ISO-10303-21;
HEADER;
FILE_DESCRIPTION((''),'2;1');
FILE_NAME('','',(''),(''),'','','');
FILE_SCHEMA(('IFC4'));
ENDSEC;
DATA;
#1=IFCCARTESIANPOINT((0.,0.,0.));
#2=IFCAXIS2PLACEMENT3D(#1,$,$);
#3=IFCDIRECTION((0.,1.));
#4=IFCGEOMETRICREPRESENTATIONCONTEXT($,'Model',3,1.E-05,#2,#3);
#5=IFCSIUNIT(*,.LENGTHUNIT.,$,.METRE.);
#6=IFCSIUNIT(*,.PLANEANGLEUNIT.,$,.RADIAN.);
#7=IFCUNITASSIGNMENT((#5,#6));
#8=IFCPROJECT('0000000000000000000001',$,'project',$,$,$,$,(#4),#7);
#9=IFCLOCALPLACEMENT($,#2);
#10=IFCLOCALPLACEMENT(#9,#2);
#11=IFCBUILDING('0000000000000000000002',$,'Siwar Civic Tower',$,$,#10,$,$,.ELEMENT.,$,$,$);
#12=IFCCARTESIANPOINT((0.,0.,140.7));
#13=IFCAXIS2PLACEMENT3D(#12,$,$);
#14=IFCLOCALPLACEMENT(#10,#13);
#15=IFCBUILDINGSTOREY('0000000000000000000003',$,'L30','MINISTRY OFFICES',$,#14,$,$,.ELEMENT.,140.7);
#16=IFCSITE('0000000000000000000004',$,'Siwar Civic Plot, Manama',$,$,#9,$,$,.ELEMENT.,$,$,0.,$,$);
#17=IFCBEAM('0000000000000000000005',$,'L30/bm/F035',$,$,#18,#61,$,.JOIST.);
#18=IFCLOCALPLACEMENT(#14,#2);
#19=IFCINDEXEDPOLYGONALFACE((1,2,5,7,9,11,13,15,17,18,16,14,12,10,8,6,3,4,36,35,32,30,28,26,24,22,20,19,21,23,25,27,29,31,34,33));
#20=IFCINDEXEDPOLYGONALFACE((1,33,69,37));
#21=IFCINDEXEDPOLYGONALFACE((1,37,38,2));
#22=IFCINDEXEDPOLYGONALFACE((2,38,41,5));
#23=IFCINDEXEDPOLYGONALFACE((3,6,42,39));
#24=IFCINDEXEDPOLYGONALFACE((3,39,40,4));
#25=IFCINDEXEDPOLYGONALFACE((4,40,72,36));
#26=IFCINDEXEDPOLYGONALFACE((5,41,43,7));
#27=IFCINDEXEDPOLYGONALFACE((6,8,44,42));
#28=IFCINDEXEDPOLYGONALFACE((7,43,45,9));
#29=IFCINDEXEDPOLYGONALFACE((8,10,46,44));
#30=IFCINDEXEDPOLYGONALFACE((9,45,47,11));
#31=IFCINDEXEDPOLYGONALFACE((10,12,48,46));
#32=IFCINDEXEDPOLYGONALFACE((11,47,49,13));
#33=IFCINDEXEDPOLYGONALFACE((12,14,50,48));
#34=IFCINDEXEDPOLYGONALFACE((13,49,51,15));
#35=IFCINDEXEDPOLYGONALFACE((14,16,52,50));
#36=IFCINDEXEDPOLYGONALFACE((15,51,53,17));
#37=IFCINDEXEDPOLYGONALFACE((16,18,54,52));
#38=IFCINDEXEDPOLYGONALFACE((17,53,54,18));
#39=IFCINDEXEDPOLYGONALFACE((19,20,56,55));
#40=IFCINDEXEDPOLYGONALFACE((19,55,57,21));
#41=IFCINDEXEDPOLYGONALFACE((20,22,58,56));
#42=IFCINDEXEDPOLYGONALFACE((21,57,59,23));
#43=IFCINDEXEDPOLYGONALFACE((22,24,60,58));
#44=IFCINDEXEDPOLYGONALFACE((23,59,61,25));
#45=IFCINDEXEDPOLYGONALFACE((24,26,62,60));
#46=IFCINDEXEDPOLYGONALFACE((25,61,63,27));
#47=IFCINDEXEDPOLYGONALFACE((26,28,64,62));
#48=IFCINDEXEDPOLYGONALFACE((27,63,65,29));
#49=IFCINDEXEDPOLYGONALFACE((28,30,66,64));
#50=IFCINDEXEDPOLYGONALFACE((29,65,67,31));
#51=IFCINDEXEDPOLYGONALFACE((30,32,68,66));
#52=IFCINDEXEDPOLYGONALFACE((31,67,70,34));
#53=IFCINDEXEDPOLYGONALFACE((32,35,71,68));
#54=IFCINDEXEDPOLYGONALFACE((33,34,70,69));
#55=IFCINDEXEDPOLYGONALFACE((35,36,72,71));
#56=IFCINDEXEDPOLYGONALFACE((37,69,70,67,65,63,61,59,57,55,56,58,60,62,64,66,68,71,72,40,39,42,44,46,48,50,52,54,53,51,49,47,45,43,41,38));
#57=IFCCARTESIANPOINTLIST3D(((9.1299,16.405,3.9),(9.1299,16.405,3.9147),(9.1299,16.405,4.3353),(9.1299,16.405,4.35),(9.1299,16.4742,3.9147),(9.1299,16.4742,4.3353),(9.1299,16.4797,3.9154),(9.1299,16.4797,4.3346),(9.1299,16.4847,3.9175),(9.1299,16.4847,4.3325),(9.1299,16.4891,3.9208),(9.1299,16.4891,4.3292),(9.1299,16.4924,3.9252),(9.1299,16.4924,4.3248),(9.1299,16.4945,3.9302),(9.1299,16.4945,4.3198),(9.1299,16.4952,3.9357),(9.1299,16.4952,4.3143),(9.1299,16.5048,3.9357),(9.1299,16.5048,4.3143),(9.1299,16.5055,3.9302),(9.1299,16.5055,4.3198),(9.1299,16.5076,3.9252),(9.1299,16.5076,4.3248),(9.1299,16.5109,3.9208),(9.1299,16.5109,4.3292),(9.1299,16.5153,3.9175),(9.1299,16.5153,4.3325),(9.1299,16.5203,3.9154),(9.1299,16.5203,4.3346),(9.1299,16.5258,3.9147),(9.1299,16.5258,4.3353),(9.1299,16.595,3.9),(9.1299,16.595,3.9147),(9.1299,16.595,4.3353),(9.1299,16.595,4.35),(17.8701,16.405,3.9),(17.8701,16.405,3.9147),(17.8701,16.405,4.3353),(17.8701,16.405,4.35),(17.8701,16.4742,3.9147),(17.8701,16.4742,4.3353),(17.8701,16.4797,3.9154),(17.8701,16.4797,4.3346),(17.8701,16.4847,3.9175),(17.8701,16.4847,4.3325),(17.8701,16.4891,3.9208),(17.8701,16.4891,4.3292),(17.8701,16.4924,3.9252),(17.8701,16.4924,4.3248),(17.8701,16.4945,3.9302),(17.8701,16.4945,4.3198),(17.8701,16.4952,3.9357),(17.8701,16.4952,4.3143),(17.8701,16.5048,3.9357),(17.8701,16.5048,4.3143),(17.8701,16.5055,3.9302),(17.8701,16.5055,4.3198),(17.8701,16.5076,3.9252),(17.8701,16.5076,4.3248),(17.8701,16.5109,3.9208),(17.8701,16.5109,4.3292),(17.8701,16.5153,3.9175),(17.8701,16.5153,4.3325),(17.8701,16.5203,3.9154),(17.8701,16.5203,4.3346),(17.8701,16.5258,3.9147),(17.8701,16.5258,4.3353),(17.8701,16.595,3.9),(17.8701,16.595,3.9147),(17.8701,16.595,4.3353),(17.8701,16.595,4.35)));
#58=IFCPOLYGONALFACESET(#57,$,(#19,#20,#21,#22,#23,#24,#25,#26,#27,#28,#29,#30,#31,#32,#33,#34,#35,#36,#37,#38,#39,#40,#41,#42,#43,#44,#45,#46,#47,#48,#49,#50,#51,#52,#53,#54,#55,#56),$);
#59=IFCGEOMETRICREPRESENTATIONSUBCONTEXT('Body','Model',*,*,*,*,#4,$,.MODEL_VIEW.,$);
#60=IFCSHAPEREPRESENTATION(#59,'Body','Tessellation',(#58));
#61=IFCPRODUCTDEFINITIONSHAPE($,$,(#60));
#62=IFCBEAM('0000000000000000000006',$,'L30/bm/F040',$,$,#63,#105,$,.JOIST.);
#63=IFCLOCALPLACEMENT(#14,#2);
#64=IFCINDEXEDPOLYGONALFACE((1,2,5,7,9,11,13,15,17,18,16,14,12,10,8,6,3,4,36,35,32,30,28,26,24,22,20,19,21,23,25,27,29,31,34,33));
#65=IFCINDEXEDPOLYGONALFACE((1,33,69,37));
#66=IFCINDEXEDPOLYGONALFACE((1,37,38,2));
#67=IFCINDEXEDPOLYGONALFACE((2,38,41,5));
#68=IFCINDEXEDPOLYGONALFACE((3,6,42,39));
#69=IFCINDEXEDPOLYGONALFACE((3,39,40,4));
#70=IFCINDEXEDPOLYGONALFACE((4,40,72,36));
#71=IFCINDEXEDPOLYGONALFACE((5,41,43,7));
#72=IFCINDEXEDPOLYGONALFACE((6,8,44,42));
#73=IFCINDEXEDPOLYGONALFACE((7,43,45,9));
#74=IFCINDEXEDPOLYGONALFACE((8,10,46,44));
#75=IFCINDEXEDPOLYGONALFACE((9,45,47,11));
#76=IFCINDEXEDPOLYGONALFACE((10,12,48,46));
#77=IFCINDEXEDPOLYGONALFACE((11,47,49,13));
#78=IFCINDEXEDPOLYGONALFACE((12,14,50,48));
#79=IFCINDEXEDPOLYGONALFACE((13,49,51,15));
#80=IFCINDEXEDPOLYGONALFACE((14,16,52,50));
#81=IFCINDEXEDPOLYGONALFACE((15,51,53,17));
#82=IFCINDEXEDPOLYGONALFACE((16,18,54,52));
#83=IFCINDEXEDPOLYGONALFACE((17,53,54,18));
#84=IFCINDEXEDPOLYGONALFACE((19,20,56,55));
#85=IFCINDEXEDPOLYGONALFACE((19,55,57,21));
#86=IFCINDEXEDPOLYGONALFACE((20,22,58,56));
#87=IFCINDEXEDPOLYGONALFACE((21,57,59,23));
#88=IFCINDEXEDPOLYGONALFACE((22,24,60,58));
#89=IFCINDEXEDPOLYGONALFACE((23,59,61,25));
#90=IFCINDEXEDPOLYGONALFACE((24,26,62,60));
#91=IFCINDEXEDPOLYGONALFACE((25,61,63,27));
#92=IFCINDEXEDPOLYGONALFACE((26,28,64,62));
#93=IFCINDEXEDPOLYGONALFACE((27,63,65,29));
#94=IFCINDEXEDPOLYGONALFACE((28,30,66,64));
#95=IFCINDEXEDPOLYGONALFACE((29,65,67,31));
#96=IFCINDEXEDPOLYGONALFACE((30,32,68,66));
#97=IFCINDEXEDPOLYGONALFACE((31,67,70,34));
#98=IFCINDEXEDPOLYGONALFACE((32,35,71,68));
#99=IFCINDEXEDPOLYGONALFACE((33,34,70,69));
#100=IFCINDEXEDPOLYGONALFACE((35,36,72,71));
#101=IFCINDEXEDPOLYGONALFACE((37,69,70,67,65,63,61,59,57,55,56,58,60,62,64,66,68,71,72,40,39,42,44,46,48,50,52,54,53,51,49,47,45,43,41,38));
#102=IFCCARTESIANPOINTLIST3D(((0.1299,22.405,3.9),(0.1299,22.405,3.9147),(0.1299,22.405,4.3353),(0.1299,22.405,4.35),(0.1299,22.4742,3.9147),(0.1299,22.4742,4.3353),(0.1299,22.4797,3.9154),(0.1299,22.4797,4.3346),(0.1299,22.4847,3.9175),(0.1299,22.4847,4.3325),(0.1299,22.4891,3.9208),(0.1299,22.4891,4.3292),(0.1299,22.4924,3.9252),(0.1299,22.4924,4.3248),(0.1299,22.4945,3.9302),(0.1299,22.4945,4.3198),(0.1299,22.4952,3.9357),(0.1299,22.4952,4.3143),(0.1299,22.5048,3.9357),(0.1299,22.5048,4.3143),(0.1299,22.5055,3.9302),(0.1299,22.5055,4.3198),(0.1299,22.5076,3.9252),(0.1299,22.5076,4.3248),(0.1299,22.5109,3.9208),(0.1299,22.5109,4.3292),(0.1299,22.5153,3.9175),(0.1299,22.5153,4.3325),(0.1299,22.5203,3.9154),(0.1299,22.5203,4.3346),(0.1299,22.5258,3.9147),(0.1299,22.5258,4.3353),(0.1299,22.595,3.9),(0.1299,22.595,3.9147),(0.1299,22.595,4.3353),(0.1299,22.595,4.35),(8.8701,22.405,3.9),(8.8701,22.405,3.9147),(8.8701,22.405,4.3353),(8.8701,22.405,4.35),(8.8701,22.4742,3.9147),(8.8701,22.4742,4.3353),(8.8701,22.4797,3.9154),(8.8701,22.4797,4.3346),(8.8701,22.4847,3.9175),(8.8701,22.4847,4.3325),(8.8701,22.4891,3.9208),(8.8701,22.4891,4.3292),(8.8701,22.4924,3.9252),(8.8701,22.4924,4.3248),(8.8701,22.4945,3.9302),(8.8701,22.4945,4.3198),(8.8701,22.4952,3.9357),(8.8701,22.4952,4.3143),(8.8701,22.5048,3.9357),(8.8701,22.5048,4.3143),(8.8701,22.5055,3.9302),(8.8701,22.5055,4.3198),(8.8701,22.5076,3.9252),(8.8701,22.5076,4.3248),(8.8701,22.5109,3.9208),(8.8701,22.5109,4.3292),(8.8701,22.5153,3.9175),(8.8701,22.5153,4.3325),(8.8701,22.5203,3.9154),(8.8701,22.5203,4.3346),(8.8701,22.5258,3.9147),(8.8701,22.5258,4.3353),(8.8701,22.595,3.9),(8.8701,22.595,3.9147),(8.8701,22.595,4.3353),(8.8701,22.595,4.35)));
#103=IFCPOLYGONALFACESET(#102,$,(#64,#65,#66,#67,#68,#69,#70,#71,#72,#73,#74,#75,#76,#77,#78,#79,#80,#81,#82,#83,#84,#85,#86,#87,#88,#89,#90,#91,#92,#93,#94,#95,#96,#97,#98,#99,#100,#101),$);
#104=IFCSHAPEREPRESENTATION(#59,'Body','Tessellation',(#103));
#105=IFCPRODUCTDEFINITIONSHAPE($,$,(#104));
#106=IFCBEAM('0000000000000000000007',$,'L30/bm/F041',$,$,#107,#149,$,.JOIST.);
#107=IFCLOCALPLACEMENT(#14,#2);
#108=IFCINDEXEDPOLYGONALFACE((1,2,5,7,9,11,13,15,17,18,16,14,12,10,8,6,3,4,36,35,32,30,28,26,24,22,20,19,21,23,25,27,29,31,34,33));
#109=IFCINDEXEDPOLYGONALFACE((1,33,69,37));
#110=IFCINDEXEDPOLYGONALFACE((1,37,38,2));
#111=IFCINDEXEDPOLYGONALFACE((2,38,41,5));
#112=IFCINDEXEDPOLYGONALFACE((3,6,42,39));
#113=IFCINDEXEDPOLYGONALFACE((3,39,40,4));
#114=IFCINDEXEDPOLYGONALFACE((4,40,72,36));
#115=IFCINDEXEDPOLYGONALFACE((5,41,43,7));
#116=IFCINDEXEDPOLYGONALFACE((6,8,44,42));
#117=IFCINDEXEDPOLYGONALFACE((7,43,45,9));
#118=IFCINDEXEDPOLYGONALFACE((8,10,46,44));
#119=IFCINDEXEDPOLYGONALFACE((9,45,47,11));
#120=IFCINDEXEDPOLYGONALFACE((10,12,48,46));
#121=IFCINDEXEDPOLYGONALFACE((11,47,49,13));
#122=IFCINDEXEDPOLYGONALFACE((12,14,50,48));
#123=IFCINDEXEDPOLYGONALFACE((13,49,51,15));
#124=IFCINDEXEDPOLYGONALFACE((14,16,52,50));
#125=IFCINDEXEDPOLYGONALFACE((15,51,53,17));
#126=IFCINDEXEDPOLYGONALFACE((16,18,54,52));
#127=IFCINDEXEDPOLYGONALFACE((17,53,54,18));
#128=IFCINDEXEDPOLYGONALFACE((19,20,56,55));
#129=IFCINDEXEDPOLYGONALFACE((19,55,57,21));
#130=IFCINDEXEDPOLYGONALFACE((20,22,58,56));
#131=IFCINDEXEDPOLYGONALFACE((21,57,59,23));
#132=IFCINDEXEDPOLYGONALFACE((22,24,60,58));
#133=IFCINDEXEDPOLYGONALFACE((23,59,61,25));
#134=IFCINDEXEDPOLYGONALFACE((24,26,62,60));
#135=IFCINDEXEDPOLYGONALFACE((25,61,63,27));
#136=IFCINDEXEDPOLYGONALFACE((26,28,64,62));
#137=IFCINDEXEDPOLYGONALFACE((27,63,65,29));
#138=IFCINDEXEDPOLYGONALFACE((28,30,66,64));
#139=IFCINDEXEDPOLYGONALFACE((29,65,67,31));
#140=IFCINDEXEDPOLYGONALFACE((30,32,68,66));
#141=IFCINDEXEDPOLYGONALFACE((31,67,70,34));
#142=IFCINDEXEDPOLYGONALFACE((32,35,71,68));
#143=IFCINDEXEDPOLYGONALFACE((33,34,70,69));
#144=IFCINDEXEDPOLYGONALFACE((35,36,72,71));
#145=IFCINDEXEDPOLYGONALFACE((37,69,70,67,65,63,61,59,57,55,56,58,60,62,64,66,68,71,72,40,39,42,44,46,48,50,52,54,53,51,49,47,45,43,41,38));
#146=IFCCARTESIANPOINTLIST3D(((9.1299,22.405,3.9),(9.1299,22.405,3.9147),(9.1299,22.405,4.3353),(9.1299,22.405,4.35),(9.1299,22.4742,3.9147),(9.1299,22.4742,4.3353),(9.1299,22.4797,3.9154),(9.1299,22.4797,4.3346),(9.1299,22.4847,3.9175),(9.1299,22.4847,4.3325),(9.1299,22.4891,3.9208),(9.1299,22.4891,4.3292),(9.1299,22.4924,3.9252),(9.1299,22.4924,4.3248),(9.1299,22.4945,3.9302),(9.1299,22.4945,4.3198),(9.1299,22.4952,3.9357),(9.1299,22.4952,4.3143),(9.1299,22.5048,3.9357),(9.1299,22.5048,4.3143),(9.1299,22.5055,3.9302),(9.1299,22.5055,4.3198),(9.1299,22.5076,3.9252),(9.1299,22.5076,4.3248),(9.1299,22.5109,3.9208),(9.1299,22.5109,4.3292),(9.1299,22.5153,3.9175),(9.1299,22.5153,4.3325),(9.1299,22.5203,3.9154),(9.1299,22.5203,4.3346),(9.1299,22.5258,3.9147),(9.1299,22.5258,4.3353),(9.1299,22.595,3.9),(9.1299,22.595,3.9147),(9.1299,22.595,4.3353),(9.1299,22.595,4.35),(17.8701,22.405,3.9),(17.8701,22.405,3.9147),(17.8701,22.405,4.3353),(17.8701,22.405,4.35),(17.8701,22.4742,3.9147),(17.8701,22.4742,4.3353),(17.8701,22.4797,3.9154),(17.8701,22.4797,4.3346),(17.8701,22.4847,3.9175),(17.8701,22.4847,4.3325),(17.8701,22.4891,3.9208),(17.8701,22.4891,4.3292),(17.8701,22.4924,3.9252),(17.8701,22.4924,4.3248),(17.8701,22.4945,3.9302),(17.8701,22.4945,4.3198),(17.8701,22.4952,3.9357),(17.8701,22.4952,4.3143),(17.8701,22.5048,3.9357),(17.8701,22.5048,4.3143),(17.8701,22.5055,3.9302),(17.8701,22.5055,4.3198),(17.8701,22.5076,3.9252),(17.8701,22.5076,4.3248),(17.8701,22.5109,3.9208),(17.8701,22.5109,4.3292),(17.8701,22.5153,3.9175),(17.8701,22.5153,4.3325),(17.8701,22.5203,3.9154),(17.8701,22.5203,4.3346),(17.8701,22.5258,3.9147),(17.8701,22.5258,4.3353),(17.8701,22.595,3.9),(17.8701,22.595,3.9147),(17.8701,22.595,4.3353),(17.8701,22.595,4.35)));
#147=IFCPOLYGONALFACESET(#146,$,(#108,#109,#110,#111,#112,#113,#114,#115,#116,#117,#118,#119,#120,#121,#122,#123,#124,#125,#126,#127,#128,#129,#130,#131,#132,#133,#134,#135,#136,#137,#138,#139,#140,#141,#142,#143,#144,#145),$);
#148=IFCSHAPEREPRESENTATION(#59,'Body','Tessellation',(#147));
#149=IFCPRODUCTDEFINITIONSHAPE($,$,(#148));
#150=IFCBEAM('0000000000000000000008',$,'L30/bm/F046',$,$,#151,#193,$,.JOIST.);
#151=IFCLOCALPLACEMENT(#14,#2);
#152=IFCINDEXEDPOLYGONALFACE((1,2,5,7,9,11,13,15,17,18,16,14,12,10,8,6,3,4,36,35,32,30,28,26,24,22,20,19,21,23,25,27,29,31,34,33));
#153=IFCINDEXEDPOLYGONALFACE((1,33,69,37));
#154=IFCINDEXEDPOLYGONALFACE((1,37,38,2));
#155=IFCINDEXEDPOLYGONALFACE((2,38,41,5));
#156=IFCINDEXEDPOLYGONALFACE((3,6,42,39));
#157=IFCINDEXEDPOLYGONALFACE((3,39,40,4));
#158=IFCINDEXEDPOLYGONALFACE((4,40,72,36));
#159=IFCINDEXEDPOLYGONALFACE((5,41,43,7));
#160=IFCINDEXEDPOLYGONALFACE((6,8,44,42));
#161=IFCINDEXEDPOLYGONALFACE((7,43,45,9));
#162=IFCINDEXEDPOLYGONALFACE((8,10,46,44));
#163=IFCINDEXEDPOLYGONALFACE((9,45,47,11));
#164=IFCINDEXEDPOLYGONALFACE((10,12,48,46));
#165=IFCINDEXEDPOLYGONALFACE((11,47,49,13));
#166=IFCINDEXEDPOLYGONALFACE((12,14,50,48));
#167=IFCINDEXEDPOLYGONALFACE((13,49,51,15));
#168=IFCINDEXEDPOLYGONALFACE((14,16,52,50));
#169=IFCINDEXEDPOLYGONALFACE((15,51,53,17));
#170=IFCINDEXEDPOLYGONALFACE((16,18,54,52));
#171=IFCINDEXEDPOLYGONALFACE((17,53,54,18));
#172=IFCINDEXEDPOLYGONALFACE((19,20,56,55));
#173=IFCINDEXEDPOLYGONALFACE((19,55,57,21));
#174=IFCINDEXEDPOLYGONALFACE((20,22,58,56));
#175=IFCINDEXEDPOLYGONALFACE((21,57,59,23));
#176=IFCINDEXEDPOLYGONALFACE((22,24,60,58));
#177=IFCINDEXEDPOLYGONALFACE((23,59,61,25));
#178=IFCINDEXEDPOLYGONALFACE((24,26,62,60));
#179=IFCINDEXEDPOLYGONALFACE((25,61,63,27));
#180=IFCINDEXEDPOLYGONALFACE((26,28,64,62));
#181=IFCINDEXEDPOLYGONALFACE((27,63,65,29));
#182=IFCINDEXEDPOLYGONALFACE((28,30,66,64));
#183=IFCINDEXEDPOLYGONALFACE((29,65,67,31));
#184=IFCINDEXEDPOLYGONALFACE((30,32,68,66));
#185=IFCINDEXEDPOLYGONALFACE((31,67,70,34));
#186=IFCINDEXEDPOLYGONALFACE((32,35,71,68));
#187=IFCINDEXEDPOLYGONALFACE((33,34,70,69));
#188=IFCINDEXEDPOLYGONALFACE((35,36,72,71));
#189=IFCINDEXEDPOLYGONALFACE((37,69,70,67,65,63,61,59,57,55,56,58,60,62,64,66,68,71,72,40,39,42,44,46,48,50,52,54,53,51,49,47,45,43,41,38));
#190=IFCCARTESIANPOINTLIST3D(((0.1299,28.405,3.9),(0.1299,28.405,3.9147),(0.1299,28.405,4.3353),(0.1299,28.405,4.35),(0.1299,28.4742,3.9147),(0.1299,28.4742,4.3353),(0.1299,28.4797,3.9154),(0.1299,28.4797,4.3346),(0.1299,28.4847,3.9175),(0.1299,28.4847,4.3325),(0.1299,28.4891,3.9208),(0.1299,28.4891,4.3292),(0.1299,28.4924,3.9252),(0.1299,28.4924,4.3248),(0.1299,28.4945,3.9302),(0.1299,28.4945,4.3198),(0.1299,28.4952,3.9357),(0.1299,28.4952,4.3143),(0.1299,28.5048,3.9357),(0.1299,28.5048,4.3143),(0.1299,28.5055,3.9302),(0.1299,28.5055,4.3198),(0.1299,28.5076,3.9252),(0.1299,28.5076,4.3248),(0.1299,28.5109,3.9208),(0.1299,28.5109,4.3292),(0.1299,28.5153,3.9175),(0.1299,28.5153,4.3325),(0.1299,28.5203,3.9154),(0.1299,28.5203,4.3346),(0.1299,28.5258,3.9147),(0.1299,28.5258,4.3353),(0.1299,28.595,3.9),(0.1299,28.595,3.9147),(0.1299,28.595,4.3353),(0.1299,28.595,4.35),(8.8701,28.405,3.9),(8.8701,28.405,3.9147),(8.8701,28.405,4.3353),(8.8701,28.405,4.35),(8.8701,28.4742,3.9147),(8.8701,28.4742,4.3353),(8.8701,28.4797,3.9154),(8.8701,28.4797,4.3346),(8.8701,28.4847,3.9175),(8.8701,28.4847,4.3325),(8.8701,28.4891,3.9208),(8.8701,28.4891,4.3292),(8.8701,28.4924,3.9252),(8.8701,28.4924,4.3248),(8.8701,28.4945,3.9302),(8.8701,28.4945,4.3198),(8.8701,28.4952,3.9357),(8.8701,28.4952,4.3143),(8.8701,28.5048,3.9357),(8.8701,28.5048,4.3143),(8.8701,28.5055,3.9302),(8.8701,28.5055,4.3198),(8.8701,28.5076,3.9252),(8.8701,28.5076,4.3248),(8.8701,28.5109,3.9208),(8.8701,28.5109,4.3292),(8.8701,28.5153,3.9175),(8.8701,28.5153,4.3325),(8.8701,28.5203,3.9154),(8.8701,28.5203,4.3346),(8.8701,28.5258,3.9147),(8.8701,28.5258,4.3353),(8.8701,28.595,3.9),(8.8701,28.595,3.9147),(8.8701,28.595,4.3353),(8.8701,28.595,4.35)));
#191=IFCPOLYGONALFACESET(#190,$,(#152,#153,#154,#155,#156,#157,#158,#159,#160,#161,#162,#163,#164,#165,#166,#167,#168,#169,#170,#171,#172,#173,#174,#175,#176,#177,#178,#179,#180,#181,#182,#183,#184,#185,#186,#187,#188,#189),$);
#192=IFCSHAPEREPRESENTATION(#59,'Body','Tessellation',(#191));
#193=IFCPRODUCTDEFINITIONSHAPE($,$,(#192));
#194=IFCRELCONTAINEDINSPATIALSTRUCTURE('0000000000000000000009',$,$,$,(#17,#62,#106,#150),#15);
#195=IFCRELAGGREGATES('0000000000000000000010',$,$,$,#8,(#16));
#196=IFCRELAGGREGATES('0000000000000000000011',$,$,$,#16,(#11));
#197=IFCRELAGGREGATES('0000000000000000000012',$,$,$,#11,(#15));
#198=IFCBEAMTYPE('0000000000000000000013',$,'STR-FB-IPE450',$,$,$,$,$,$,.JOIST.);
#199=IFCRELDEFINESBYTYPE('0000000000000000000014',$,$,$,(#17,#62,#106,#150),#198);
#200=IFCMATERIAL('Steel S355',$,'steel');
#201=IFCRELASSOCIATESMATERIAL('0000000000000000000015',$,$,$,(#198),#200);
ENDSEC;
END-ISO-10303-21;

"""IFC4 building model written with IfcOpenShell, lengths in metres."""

from ifc_helpers import new_model, si_unit, direction, frame, origin, origin_2d, place, context, subcontext, project, spatial, i_section, extrude, material, material_profile, profile_set, type_object, element, save


model = new_model("IFC4")

# Units and contexts
model_context = context("Model", 3, precision=1e-05, world=origin(), true_north=direction((0.0, 1.0)))
body_context = subcontext(model_context, "Body", "Model", "MODEL_VIEW")
ifc_project = project(units=[si_unit("LENGTHUNIT", "METRE"), si_unit("PLANEANGLEUNIT", "RADIAN")], contexts=[model_context])

# Site, building, storey
site_placement = place(None, origin())
site = spatial("IfcSite", under=ifc_project, at=site_placement, Name="Siwar Civic Plot, Manama", CompositionType="ELEMENT", RefElevation=0.0)
building_placement = place(site_placement, origin())
building = spatial("IfcBuilding", under=site, at=building_placement, Name="Siwar Civic Tower", CompositionType="ELEMENT")
storey_placement = place(building_placement, frame((0.0, 0.0, 140.7)))
storey = spatial("IfcBuildingStorey", under=building, at=storey_placement, Name="L30", Description="MINISTRY OFFICES", CompositionType="ELEMENT", Elevation=140.7)

# Beams
ifc_material_1 = material(Name="Steel S355", Category="steel")
ifc_material_profile_1 = material_profile(ifc_material_1, i_section(OverallWidth=0.1899, OverallDepth=0.45, WebThickness=0.0095, FlangeThickness=0.0146, FilletRadius=0.021, at=origin_2d()), Name="IPE450")
ifc_profile_set_1 = profile_set([ifc_material_profile_1], Name="Steel S355")
beam_type_1 = type_object("IfcBeamType", Name="STR-FB-IPE450", PredefinedType="JOIST", material=ifc_profile_set_1)
for number, where, z_axis, x_axis, name in (
    (1, (9.1299, 16.5, 4.125), (1.0, 0.0, 0.0), (0.0, 1.0, 0.0), "L30/bm/F035"),
    (2, (0.1299, 22.5, 4.125), (1.0, 0.0, 0.0), (0.0, 1.0, 0.0), "L30/bm/F040"),
    (3, (9.1299, 22.5, 4.125), (1.0, 0.0, 0.0), (0.0, 1.0, 0.0), "L30/bm/F041"),
    (4, (0.1299, 28.5, 4.125), (1.0, 0.0, 0.0), (0.0, 1.0, 0.0), "L30/bm/F046"),
):
    element("IfcBeam", number, at=place(storey_placement, frame(where, z_axis=z_axis, x_axis=x_axis)), inside=storey, type_object=beam_type_1, Name=name, PredefinedType="JOIST", context=body_context, shape_type="SweptSolid", body=[
        extrude(i_section(OverallWidth=0.1899, OverallDepth=0.45, WebThickness=0.0095, FlangeThickness=0.0146, FilletRadius=0.021, at=origin_2d()), origin(), (0.0, 0.0, 1.0), 8.7402),
    ])

save(model, "model.ifc")
